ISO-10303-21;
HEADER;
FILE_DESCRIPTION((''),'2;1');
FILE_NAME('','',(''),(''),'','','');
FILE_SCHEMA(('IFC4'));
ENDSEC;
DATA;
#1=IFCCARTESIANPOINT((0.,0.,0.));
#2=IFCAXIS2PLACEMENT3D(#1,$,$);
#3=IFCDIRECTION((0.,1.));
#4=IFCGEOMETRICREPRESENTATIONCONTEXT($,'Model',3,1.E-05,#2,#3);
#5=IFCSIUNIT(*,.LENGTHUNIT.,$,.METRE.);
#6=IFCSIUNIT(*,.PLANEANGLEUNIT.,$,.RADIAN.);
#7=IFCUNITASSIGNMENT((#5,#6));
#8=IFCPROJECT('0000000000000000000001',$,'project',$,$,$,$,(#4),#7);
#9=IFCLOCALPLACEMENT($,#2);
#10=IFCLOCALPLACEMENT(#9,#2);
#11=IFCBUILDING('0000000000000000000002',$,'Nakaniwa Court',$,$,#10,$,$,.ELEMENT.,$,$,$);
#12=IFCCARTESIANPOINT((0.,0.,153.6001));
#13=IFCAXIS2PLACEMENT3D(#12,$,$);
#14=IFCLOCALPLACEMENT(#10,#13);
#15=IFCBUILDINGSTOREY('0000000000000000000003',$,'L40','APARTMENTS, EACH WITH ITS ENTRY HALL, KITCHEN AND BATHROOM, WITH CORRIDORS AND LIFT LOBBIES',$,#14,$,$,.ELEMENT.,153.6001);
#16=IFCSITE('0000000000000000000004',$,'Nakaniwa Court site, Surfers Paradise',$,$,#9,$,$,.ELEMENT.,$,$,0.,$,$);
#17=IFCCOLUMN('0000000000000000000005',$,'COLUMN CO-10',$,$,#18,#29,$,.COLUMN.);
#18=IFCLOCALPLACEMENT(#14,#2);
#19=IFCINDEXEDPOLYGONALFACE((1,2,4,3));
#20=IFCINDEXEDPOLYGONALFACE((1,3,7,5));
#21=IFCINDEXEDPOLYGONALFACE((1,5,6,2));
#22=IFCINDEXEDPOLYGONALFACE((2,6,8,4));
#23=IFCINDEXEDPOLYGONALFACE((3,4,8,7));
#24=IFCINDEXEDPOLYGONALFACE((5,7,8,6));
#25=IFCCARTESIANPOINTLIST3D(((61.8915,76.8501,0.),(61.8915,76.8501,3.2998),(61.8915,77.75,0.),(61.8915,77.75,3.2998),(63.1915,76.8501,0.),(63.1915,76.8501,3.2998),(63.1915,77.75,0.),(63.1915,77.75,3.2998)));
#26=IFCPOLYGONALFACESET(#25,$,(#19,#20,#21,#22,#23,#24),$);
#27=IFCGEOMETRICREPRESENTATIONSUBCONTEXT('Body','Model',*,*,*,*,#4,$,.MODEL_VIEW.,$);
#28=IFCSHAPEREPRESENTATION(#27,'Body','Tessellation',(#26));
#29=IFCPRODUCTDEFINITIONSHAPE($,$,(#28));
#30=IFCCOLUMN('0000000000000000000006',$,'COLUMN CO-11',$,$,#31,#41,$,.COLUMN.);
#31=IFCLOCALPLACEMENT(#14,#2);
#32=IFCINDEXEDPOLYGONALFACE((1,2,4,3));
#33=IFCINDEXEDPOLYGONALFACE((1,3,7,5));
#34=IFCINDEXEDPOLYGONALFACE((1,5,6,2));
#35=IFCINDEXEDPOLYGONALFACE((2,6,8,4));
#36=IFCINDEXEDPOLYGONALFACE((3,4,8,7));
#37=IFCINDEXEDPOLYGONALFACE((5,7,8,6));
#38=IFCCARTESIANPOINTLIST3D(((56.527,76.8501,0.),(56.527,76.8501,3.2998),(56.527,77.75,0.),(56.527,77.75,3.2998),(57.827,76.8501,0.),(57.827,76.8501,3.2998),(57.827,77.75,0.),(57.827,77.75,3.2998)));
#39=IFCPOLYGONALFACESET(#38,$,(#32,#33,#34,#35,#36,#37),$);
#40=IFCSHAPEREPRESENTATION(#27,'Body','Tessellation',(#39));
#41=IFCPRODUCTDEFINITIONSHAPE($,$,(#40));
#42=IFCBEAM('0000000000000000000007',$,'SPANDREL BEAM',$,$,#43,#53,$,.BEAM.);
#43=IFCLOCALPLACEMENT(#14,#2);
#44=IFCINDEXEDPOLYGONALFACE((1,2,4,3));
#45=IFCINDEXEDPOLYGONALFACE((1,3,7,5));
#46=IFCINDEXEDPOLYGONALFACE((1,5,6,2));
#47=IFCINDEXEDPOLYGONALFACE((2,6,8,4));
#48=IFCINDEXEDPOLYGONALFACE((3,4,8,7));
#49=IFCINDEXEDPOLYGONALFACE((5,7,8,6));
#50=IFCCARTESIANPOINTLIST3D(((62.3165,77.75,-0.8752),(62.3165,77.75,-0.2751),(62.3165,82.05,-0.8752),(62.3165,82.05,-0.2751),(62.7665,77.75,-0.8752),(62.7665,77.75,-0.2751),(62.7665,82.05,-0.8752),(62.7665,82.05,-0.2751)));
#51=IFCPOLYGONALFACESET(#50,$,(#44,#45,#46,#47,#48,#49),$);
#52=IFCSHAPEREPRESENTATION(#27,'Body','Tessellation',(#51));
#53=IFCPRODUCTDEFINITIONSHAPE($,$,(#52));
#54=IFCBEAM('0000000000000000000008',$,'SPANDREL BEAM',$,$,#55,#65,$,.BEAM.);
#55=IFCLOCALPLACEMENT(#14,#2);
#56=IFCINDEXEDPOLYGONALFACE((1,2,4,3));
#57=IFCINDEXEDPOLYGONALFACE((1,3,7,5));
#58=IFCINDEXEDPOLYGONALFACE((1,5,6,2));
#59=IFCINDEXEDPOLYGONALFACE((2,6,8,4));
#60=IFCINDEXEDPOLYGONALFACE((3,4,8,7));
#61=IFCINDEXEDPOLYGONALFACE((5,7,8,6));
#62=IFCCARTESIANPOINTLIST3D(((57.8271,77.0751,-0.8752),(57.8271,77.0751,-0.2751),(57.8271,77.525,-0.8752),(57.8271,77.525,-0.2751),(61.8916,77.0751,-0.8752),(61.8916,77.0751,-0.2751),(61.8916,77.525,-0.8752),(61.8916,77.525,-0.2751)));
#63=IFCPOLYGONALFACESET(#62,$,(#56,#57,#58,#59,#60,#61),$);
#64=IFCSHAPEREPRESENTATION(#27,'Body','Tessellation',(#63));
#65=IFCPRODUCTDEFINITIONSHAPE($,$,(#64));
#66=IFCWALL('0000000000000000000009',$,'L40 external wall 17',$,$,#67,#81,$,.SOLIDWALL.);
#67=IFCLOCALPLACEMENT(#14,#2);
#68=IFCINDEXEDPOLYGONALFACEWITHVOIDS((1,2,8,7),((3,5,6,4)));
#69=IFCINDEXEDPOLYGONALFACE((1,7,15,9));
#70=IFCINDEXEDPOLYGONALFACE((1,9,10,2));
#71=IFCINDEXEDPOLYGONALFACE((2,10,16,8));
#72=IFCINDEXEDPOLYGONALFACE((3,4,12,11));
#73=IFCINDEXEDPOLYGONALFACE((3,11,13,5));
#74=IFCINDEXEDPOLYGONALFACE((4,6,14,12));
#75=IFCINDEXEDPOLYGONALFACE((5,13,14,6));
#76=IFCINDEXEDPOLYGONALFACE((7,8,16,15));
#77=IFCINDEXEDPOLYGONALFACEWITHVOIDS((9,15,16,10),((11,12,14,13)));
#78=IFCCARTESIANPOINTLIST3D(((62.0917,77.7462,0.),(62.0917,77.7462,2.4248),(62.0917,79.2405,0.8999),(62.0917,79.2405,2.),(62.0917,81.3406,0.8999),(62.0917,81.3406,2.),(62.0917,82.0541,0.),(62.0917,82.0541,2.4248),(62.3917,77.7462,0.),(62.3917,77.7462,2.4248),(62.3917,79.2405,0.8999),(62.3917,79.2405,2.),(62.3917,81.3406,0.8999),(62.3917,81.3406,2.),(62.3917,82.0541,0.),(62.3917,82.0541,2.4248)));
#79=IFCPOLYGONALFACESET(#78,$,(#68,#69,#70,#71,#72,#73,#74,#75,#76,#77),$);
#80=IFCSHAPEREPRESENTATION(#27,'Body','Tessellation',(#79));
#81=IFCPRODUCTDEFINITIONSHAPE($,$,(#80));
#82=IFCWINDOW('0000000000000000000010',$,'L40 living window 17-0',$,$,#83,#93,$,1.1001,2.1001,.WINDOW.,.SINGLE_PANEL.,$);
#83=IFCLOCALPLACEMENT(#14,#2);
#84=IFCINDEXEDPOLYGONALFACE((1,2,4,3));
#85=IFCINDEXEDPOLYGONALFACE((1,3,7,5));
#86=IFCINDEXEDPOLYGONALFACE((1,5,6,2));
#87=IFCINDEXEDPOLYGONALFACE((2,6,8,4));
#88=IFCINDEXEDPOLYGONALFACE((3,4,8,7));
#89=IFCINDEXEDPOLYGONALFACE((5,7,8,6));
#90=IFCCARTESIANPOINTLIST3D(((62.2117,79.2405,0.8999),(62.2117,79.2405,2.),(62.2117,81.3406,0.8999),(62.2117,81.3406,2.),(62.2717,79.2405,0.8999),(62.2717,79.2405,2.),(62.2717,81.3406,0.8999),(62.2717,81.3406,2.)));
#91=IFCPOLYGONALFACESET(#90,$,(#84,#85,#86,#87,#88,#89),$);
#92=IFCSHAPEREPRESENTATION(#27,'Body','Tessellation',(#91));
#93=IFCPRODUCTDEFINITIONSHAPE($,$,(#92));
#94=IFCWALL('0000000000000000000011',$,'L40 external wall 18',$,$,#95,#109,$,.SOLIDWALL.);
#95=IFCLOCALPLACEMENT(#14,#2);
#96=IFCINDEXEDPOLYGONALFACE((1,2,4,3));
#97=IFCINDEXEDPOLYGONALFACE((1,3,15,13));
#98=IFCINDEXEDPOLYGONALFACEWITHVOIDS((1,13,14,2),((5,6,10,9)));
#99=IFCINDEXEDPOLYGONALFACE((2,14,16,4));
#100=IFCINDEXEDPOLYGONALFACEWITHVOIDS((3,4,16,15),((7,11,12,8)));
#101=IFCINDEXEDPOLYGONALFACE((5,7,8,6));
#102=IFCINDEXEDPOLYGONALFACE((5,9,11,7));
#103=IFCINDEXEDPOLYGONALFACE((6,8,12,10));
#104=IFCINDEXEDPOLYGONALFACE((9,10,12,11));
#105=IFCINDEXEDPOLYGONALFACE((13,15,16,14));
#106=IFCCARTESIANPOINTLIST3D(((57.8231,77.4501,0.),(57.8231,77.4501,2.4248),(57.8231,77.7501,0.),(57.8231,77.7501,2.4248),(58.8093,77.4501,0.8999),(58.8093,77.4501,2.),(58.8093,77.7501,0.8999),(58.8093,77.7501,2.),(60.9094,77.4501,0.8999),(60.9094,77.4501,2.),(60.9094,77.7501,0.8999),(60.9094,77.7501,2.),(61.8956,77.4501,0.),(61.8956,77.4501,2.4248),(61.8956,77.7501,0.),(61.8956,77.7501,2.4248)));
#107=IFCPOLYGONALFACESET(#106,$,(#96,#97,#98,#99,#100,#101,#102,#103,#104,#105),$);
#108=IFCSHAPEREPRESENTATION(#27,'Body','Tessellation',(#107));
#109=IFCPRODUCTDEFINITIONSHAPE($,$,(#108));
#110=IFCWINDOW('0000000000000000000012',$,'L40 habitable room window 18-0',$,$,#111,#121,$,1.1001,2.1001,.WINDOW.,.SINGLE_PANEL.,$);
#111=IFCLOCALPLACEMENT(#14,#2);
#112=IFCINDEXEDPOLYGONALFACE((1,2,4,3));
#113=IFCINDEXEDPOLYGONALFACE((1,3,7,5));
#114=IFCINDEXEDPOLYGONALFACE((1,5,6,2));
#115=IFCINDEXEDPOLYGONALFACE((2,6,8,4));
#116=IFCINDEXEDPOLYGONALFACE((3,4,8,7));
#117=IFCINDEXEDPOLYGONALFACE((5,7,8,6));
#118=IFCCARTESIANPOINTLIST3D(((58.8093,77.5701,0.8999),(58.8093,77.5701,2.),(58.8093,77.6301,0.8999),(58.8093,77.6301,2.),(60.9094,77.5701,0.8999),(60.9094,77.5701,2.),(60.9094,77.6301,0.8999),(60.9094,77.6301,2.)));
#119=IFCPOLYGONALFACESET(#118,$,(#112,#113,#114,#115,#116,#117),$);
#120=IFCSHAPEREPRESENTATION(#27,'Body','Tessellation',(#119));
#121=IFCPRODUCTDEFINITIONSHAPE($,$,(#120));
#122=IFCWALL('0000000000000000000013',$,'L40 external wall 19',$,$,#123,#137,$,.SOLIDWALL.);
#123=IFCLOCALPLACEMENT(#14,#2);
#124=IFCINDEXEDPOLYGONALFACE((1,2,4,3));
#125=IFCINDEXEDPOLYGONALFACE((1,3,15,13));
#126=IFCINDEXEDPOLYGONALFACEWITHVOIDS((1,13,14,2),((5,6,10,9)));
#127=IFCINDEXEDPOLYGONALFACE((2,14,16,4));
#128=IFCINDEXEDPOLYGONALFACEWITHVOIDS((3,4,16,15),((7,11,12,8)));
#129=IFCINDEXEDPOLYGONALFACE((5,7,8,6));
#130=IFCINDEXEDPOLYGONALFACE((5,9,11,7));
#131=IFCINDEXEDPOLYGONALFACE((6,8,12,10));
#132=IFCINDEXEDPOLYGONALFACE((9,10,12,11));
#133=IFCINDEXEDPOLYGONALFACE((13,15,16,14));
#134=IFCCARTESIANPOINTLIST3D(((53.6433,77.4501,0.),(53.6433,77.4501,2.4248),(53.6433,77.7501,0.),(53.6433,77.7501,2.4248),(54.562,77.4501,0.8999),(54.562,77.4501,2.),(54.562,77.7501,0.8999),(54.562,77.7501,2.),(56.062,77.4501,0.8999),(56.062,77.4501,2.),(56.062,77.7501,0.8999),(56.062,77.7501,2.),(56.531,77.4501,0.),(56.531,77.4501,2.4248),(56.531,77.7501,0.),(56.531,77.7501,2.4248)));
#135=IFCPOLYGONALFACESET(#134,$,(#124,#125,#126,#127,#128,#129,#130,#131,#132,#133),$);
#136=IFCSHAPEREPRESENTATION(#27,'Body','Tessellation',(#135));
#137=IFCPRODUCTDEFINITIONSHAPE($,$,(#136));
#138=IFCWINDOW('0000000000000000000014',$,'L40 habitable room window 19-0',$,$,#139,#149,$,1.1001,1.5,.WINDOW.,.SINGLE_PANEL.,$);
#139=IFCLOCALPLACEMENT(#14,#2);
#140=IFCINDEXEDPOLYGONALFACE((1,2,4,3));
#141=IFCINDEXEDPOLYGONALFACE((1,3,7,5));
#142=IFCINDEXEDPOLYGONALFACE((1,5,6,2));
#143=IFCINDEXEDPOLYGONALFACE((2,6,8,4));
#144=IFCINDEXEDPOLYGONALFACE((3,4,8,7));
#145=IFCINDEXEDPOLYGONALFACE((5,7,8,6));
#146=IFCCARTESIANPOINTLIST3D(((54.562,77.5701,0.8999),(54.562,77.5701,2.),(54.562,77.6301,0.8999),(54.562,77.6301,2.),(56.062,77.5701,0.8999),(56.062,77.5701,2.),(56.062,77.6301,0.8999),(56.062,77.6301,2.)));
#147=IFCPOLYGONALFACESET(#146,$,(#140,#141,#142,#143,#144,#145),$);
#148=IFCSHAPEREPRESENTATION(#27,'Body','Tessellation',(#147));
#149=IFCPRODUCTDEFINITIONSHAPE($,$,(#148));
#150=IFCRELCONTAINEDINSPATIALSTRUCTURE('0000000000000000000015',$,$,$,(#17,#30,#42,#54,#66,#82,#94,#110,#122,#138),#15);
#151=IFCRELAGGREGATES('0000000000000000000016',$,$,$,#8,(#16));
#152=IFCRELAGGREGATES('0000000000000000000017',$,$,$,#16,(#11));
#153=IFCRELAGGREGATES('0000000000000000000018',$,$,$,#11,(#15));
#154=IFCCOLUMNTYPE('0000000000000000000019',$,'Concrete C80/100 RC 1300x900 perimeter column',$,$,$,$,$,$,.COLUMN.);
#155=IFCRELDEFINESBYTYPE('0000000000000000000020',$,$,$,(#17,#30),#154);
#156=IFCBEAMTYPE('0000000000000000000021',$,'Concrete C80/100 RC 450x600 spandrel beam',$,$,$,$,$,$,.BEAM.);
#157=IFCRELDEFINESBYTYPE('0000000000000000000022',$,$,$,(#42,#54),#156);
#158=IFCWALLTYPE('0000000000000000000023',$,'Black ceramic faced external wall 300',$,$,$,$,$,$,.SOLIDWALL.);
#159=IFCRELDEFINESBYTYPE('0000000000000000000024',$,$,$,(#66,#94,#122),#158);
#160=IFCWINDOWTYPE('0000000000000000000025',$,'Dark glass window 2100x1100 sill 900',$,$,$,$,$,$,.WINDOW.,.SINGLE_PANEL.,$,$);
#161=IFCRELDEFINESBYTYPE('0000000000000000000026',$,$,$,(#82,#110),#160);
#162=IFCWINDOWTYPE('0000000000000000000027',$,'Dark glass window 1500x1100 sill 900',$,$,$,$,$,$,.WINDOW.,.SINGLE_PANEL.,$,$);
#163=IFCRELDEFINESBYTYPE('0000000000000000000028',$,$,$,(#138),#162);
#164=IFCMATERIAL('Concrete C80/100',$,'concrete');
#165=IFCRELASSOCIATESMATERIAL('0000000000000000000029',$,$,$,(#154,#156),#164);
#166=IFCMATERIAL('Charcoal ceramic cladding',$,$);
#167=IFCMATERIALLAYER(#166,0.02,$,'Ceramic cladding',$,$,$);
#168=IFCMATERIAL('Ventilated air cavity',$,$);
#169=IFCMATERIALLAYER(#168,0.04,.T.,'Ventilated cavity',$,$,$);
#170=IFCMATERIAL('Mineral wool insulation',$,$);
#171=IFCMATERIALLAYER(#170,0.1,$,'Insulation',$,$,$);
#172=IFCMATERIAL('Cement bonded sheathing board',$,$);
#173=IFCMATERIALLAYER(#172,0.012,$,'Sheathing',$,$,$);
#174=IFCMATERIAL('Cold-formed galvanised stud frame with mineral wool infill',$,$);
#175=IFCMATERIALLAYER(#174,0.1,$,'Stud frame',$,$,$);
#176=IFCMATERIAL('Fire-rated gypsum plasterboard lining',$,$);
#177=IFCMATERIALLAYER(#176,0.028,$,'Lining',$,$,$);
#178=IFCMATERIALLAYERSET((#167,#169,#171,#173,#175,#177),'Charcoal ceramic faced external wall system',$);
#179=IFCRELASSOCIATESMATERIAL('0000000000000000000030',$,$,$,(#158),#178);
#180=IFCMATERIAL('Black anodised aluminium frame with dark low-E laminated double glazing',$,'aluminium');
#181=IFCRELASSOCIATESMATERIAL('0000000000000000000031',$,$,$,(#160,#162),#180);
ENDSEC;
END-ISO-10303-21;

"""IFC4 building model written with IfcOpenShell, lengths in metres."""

from ifc_helpers import new_model, si_unit, direction, frame, frame_2d, origin, origin_2d, place, context, subcontext, project, spatial, rectangle, extrude, material, layer, layer_set, material_profile, profile_set, type_object, element, fill, save


model = new_model("IFC4")

# Units and contexts
model_context = context("Model", 3, precision=1e-05, world=origin(), true_north=direction((0.0, 1.0)))
body_context = subcontext(model_context, "Body", "Model", "MODEL_VIEW")
ifc_project = project(units=[si_unit("LENGTHUNIT", "METRE"), si_unit("PLANEANGLEUNIT", "RADIAN")], contexts=[model_context])

# Site, building, storey
site_placement = place(None, origin())
site = spatial("IfcSite", under=ifc_project, at=site_placement, Name="Nakaniwa Court site, Surfers Paradise", CompositionType="ELEMENT", RefElevation=0.0)
building_placement = place(site_placement, origin())
building = spatial("IfcBuilding", under=site, at=building_placement, Name="Nakaniwa Court", CompositionType="ELEMENT")
storey_placement = place(building_placement, frame((0.0, 0.0, 153.6001)))
storey = spatial("IfcBuildingStorey", under=building, at=storey_placement, Name="L40", Description="APARTMENTS, EACH WITH ITS ENTRY HALL, KITCHEN AND BATHROOM, WITH CORRIDORS AND LIFT LOBBIES", CompositionType="ELEMENT", Elevation=153.6001)

# Columns
ifc_material_1 = material(Name="Concrete C80/100", Category="concrete")
ifc_material_profile_1 = material_profile(ifc_material_1, rectangle(XDim=1.3, YDim=0.8999, at=origin_2d()), Name="Concrete C80/100 RC 1300x900 perimeter column")
ifc_profile_set_1 = profile_set([ifc_material_profile_1], Name="Concrete C80/100")
column_type = type_object("IfcColumnType", Name="Concrete C80/100 RC 1300x900 perimeter column", PredefinedType="COLUMN", material=ifc_profile_set_1)
for number, where, z_axis, x_axis, name in (
    (1, (62.5415, 77.3, 0.0), (0.0, 0.0, 1.0), (-1.0, 0.0, 0.0), "COLUMN CO-10"),
    (2, (57.177, 77.3, 0.0), (0.0, 0.0, 1.0), (-1.0, 0.0, 0.0), "COLUMN CO-11"),
):
    element("IfcColumn", number, at=place(storey_placement, frame(where, z_axis=z_axis, x_axis=x_axis)), inside=storey, type_object=column_type, Name=name, PredefinedType="COLUMN", context=body_context, shape_type="SweptSolid", body=[
        extrude(rectangle(XDim=1.3, YDim=0.8999, at=origin_2d()), origin(), (0.0, 0.0, 1.0), 3.2998),
    ])

# Beams
ifc_material_profile_2 = material_profile(ifc_material_1, rectangle(XDim=0.45, YDim=0.6001, at=origin_2d()), Name="Concrete C80/100 RC 450x600 spandrel beam")
ifc_profile_set_2 = profile_set([ifc_material_profile_2], Name="Concrete C80/100")
beam_type = type_object("IfcBeamType", Name="Concrete C80/100 RC 450x600 spandrel beam", PredefinedType="BEAM", material=ifc_profile_set_2)
beam_1_placement = place(storey_placement, frame((62.5415, 82.05, -0.5752), z_axis=(0.0, -1.0, 0.0), x_axis=(1.0, 0.0, 0.0)))
element("IfcBeam", 3, at=beam_1_placement, inside=storey, type_object=beam_type, Name="SPANDREL BEAM", PredefinedType="BEAM", context=body_context, shape_type="SweptSolid", body=[
    extrude(rectangle(XDim=0.45, YDim=0.6001, at=origin_2d()), origin(), (0.0, 0.0, 1.0), 4.3),
])
beam_2_placement = place(storey_placement, frame((61.8916, 77.3, -0.5752), z_axis=(-1.0, 0.0, 0.0), x_axis=(0.0, -1.0, 0.0)))
element("IfcBeam", 4, at=beam_2_placement, inside=storey, type_object=beam_type, Name="SPANDREL BEAM", PredefinedType="BEAM", context=body_context, shape_type="SweptSolid", body=[
    extrude(rectangle(XDim=0.45, YDim=0.6001, at=origin_2d()), origin(), (0.0, 0.0, 1.0), 4.0645),
])

# Walls, openings, windows
ifc_material_2 = material(Name="Charcoal ceramic cladding")
ifc_layer_1 = layer(ifc_material_2, 0.02, Name="Ceramic cladding")
ifc_material_3 = material(Name="Ventilated air cavity")
ifc_layer_2 = layer(ifc_material_3, 0.04, ventilated=True, Name="Ventilated cavity")
ifc_material_4 = material(Name="Mineral wool insulation")
ifc_layer_3 = layer(ifc_material_4, 0.1, Name="Insulation")
ifc_material_5 = material(Name="Cement bonded sheathing board")
ifc_layer_4 = layer(ifc_material_5, 0.012, Name="Sheathing")
ifc_material_6 = material(Name="Cold-formed galvanised stud frame with mineral wool infill")
ifc_layer_5 = layer(ifc_material_6, 0.1, Name="Stud frame")
ifc_material_7 = material(Name="Fire-rated gypsum plasterboard lining")
ifc_layer_6 = layer(ifc_material_7, 0.028, Name="Lining")
ifc_layer_set_1 = layer_set([ifc_layer_1, ifc_layer_2, ifc_layer_3, ifc_layer_4, ifc_layer_5, ifc_layer_6], Name="Charcoal ceramic faced external wall system")
wall_type_1 = type_object("IfcWallType", Name="Black ceramic faced external wall 300", PredefinedType="SOLIDWALL", material=ifc_layer_set_1)
wall_1_placement = place(storey_placement, frame((62.2417, 82.054, 0.0), z_axis=(0.0, 0.0, 1.0), x_axis=(0.0, -1.0, 0.0)))
wall_1 = element("IfcWall", 5, at=wall_1_placement, inside=storey, type_object=wall_type_1, Name="L40 external wall 17", PredefinedType="SOLIDWALL", context=body_context, shape_type="SweptSolid", body=[
    extrude(rectangle(XDim=4.3079, YDim=0.3, at=frame_2d((2.1538, 0.0))), origin(), (0.0, 0.0, 1.0), 2.4248),
])
opening_1_placement = place(wall_1_placement, frame((0.7134, 0.0, 0.8999)))
opening_1 = element("IfcOpeningElement", 6, at=opening_1_placement, cuts=wall_1, PredefinedType="OPENING", context=body_context, shape_type="SweptSolid", body=[
    extrude(rectangle(XDim=2.1001, YDim=1.1001, at=frame_2d((1.05, 0.55))), frame((0.0, 0.1599, 0.0), z_axis=(0.0, -1.0, 0.0), x_axis=(1.0, 0.0, 0.0)), (0.0, 0.0, 1.0), 0.3201),
])
ifc_material_8 = material(Name="Black anodised aluminium frame with dark low-E laminated double glazing", Category="aluminium")
window_type_1 = type_object("IfcWindowType", Name="Dark glass window 2100x1100 sill 900", PartitioningType="SINGLE_PANEL", PredefinedType="WINDOW", material=ifc_material_8)
window_1_placement = place(opening_1_placement, origin())
window_1 = element("IfcWindow", 7, at=window_1_placement, inside=storey, type_object=window_type_1, Name="L40 living window 17-0", OverallHeight=1.1001, OverallWidth=2.1001, PartitioningType="SINGLE_PANEL", PredefinedType="WINDOW", context=body_context, shape_type="SweptSolid", body=[
    extrude(rectangle(XDim=2.1001, YDim=1.1001, at=frame_2d((1.05, 0.55))), frame((0.0, 0.03, 0.0), z_axis=(0.0, -1.0, 0.0), x_axis=(1.0, 0.0, 0.0)), (0.0, 0.0, 1.0), 0.0601),
])
fill(opening_1, window_1)
wall_2_placement = place(storey_placement, frame((61.8955, 77.6001, 0.0), z_axis=(0.0, 0.0, 1.0), x_axis=(-1.0, 0.0, 0.0)))
wall_2 = element("IfcWall", 8, at=wall_2_placement, inside=storey, type_object=wall_type_1, Name="L40 external wall 18", PredefinedType="SOLIDWALL", context=body_context, shape_type="SweptSolid", body=[
    extrude(rectangle(XDim=4.0725, YDim=0.3, at=frame_2d((2.0361, 0.0))), origin(), (0.0, 0.0, 1.0), 2.4248),
])
opening_2_placement = place(wall_2_placement, frame((0.9861, 0.0, 0.8999)))
opening_2 = element("IfcOpeningElement", 9, at=opening_2_placement, cuts=wall_2, PredefinedType="OPENING", context=body_context, shape_type="SweptSolid", body=[
    extrude(rectangle(XDim=2.1001, YDim=1.1001, at=frame_2d((1.05, 0.55))), frame((0.0, 0.1599, 0.0), z_axis=(0.0, -1.0, 0.0), x_axis=(1.0, 0.0, 0.0)), (0.0, 0.0, 1.0), 0.3201),
])
window_2_placement = place(opening_2_placement, origin())
window_2 = element("IfcWindow", 10, at=window_2_placement, inside=storey, type_object=window_type_1, Name="L40 habitable room window 18-0", OverallHeight=1.1001, OverallWidth=2.1001, PartitioningType="SINGLE_PANEL", PredefinedType="WINDOW", context=body_context, shape_type="SweptSolid", body=[
    extrude(rectangle(XDim=2.1001, YDim=1.1001, at=frame_2d((1.05, 0.55))), frame((0.0, 0.03, 0.0), z_axis=(0.0, -1.0, 0.0), x_axis=(1.0, 0.0, 0.0)), (0.0, 0.0, 1.0), 0.0601),
])
fill(opening_2, window_2)
wall_3_placement = place(storey_placement, frame((56.531, 77.6001, 0.0), z_axis=(0.0, 0.0, 1.0), x_axis=(-1.0, 0.0, 0.0)))
wall_3 = element("IfcWall", 11, at=wall_3_placement, inside=storey, type_object=wall_type_1, Name="L40 external wall 19", PredefinedType="SOLIDWALL", context=body_context, shape_type="SweptSolid", body=[
    extrude(rectangle(XDim=2.8877, YDim=0.3, at=frame_2d((1.4438, 0.0))), origin(), (0.0, 0.0, 1.0), 2.4248),
])
opening_3_placement = place(wall_3_placement, frame((0.469, 0.0, 0.8999)))
opening_3 = element("IfcOpeningElement", 12, at=opening_3_placement, cuts=wall_3, PredefinedType="OPENING", context=body_context, shape_type="SweptSolid", body=[
    extrude(rectangle(XDim=1.5, YDim=1.1001, at=frame_2d((0.75, 0.55))), frame((0.0, 0.1599, 0.0), z_axis=(0.0, -1.0, 0.0), x_axis=(1.0, 0.0, 0.0)), (0.0, 0.0, 1.0), 0.3201),
])
window_type_2 = type_object("IfcWindowType", Name="Dark glass window 1500x1100 sill 900", PartitioningType="SINGLE_PANEL", PredefinedType="WINDOW", material=ifc_material_8)
window_3_placement = place(opening_3_placement, origin())
window_3 = element("IfcWindow", 13, at=window_3_placement, inside=storey, type_object=window_type_2, Name="L40 habitable room window 19-0", OverallHeight=1.1001, OverallWidth=1.5, PartitioningType="SINGLE_PANEL", PredefinedType="WINDOW", context=body_context, shape_type="SweptSolid", body=[
    extrude(rectangle(XDim=1.5, YDim=1.1001, at=frame_2d((0.75, 0.55))), frame((0.0, 0.03, 0.0), z_axis=(0.0, -1.0, 0.0), x_axis=(1.0, 0.0, 0.0)), (0.0, 0.0, 1.0), 0.0601),
])
fill(opening_3, window_3)

save(model, "model.ifc")
